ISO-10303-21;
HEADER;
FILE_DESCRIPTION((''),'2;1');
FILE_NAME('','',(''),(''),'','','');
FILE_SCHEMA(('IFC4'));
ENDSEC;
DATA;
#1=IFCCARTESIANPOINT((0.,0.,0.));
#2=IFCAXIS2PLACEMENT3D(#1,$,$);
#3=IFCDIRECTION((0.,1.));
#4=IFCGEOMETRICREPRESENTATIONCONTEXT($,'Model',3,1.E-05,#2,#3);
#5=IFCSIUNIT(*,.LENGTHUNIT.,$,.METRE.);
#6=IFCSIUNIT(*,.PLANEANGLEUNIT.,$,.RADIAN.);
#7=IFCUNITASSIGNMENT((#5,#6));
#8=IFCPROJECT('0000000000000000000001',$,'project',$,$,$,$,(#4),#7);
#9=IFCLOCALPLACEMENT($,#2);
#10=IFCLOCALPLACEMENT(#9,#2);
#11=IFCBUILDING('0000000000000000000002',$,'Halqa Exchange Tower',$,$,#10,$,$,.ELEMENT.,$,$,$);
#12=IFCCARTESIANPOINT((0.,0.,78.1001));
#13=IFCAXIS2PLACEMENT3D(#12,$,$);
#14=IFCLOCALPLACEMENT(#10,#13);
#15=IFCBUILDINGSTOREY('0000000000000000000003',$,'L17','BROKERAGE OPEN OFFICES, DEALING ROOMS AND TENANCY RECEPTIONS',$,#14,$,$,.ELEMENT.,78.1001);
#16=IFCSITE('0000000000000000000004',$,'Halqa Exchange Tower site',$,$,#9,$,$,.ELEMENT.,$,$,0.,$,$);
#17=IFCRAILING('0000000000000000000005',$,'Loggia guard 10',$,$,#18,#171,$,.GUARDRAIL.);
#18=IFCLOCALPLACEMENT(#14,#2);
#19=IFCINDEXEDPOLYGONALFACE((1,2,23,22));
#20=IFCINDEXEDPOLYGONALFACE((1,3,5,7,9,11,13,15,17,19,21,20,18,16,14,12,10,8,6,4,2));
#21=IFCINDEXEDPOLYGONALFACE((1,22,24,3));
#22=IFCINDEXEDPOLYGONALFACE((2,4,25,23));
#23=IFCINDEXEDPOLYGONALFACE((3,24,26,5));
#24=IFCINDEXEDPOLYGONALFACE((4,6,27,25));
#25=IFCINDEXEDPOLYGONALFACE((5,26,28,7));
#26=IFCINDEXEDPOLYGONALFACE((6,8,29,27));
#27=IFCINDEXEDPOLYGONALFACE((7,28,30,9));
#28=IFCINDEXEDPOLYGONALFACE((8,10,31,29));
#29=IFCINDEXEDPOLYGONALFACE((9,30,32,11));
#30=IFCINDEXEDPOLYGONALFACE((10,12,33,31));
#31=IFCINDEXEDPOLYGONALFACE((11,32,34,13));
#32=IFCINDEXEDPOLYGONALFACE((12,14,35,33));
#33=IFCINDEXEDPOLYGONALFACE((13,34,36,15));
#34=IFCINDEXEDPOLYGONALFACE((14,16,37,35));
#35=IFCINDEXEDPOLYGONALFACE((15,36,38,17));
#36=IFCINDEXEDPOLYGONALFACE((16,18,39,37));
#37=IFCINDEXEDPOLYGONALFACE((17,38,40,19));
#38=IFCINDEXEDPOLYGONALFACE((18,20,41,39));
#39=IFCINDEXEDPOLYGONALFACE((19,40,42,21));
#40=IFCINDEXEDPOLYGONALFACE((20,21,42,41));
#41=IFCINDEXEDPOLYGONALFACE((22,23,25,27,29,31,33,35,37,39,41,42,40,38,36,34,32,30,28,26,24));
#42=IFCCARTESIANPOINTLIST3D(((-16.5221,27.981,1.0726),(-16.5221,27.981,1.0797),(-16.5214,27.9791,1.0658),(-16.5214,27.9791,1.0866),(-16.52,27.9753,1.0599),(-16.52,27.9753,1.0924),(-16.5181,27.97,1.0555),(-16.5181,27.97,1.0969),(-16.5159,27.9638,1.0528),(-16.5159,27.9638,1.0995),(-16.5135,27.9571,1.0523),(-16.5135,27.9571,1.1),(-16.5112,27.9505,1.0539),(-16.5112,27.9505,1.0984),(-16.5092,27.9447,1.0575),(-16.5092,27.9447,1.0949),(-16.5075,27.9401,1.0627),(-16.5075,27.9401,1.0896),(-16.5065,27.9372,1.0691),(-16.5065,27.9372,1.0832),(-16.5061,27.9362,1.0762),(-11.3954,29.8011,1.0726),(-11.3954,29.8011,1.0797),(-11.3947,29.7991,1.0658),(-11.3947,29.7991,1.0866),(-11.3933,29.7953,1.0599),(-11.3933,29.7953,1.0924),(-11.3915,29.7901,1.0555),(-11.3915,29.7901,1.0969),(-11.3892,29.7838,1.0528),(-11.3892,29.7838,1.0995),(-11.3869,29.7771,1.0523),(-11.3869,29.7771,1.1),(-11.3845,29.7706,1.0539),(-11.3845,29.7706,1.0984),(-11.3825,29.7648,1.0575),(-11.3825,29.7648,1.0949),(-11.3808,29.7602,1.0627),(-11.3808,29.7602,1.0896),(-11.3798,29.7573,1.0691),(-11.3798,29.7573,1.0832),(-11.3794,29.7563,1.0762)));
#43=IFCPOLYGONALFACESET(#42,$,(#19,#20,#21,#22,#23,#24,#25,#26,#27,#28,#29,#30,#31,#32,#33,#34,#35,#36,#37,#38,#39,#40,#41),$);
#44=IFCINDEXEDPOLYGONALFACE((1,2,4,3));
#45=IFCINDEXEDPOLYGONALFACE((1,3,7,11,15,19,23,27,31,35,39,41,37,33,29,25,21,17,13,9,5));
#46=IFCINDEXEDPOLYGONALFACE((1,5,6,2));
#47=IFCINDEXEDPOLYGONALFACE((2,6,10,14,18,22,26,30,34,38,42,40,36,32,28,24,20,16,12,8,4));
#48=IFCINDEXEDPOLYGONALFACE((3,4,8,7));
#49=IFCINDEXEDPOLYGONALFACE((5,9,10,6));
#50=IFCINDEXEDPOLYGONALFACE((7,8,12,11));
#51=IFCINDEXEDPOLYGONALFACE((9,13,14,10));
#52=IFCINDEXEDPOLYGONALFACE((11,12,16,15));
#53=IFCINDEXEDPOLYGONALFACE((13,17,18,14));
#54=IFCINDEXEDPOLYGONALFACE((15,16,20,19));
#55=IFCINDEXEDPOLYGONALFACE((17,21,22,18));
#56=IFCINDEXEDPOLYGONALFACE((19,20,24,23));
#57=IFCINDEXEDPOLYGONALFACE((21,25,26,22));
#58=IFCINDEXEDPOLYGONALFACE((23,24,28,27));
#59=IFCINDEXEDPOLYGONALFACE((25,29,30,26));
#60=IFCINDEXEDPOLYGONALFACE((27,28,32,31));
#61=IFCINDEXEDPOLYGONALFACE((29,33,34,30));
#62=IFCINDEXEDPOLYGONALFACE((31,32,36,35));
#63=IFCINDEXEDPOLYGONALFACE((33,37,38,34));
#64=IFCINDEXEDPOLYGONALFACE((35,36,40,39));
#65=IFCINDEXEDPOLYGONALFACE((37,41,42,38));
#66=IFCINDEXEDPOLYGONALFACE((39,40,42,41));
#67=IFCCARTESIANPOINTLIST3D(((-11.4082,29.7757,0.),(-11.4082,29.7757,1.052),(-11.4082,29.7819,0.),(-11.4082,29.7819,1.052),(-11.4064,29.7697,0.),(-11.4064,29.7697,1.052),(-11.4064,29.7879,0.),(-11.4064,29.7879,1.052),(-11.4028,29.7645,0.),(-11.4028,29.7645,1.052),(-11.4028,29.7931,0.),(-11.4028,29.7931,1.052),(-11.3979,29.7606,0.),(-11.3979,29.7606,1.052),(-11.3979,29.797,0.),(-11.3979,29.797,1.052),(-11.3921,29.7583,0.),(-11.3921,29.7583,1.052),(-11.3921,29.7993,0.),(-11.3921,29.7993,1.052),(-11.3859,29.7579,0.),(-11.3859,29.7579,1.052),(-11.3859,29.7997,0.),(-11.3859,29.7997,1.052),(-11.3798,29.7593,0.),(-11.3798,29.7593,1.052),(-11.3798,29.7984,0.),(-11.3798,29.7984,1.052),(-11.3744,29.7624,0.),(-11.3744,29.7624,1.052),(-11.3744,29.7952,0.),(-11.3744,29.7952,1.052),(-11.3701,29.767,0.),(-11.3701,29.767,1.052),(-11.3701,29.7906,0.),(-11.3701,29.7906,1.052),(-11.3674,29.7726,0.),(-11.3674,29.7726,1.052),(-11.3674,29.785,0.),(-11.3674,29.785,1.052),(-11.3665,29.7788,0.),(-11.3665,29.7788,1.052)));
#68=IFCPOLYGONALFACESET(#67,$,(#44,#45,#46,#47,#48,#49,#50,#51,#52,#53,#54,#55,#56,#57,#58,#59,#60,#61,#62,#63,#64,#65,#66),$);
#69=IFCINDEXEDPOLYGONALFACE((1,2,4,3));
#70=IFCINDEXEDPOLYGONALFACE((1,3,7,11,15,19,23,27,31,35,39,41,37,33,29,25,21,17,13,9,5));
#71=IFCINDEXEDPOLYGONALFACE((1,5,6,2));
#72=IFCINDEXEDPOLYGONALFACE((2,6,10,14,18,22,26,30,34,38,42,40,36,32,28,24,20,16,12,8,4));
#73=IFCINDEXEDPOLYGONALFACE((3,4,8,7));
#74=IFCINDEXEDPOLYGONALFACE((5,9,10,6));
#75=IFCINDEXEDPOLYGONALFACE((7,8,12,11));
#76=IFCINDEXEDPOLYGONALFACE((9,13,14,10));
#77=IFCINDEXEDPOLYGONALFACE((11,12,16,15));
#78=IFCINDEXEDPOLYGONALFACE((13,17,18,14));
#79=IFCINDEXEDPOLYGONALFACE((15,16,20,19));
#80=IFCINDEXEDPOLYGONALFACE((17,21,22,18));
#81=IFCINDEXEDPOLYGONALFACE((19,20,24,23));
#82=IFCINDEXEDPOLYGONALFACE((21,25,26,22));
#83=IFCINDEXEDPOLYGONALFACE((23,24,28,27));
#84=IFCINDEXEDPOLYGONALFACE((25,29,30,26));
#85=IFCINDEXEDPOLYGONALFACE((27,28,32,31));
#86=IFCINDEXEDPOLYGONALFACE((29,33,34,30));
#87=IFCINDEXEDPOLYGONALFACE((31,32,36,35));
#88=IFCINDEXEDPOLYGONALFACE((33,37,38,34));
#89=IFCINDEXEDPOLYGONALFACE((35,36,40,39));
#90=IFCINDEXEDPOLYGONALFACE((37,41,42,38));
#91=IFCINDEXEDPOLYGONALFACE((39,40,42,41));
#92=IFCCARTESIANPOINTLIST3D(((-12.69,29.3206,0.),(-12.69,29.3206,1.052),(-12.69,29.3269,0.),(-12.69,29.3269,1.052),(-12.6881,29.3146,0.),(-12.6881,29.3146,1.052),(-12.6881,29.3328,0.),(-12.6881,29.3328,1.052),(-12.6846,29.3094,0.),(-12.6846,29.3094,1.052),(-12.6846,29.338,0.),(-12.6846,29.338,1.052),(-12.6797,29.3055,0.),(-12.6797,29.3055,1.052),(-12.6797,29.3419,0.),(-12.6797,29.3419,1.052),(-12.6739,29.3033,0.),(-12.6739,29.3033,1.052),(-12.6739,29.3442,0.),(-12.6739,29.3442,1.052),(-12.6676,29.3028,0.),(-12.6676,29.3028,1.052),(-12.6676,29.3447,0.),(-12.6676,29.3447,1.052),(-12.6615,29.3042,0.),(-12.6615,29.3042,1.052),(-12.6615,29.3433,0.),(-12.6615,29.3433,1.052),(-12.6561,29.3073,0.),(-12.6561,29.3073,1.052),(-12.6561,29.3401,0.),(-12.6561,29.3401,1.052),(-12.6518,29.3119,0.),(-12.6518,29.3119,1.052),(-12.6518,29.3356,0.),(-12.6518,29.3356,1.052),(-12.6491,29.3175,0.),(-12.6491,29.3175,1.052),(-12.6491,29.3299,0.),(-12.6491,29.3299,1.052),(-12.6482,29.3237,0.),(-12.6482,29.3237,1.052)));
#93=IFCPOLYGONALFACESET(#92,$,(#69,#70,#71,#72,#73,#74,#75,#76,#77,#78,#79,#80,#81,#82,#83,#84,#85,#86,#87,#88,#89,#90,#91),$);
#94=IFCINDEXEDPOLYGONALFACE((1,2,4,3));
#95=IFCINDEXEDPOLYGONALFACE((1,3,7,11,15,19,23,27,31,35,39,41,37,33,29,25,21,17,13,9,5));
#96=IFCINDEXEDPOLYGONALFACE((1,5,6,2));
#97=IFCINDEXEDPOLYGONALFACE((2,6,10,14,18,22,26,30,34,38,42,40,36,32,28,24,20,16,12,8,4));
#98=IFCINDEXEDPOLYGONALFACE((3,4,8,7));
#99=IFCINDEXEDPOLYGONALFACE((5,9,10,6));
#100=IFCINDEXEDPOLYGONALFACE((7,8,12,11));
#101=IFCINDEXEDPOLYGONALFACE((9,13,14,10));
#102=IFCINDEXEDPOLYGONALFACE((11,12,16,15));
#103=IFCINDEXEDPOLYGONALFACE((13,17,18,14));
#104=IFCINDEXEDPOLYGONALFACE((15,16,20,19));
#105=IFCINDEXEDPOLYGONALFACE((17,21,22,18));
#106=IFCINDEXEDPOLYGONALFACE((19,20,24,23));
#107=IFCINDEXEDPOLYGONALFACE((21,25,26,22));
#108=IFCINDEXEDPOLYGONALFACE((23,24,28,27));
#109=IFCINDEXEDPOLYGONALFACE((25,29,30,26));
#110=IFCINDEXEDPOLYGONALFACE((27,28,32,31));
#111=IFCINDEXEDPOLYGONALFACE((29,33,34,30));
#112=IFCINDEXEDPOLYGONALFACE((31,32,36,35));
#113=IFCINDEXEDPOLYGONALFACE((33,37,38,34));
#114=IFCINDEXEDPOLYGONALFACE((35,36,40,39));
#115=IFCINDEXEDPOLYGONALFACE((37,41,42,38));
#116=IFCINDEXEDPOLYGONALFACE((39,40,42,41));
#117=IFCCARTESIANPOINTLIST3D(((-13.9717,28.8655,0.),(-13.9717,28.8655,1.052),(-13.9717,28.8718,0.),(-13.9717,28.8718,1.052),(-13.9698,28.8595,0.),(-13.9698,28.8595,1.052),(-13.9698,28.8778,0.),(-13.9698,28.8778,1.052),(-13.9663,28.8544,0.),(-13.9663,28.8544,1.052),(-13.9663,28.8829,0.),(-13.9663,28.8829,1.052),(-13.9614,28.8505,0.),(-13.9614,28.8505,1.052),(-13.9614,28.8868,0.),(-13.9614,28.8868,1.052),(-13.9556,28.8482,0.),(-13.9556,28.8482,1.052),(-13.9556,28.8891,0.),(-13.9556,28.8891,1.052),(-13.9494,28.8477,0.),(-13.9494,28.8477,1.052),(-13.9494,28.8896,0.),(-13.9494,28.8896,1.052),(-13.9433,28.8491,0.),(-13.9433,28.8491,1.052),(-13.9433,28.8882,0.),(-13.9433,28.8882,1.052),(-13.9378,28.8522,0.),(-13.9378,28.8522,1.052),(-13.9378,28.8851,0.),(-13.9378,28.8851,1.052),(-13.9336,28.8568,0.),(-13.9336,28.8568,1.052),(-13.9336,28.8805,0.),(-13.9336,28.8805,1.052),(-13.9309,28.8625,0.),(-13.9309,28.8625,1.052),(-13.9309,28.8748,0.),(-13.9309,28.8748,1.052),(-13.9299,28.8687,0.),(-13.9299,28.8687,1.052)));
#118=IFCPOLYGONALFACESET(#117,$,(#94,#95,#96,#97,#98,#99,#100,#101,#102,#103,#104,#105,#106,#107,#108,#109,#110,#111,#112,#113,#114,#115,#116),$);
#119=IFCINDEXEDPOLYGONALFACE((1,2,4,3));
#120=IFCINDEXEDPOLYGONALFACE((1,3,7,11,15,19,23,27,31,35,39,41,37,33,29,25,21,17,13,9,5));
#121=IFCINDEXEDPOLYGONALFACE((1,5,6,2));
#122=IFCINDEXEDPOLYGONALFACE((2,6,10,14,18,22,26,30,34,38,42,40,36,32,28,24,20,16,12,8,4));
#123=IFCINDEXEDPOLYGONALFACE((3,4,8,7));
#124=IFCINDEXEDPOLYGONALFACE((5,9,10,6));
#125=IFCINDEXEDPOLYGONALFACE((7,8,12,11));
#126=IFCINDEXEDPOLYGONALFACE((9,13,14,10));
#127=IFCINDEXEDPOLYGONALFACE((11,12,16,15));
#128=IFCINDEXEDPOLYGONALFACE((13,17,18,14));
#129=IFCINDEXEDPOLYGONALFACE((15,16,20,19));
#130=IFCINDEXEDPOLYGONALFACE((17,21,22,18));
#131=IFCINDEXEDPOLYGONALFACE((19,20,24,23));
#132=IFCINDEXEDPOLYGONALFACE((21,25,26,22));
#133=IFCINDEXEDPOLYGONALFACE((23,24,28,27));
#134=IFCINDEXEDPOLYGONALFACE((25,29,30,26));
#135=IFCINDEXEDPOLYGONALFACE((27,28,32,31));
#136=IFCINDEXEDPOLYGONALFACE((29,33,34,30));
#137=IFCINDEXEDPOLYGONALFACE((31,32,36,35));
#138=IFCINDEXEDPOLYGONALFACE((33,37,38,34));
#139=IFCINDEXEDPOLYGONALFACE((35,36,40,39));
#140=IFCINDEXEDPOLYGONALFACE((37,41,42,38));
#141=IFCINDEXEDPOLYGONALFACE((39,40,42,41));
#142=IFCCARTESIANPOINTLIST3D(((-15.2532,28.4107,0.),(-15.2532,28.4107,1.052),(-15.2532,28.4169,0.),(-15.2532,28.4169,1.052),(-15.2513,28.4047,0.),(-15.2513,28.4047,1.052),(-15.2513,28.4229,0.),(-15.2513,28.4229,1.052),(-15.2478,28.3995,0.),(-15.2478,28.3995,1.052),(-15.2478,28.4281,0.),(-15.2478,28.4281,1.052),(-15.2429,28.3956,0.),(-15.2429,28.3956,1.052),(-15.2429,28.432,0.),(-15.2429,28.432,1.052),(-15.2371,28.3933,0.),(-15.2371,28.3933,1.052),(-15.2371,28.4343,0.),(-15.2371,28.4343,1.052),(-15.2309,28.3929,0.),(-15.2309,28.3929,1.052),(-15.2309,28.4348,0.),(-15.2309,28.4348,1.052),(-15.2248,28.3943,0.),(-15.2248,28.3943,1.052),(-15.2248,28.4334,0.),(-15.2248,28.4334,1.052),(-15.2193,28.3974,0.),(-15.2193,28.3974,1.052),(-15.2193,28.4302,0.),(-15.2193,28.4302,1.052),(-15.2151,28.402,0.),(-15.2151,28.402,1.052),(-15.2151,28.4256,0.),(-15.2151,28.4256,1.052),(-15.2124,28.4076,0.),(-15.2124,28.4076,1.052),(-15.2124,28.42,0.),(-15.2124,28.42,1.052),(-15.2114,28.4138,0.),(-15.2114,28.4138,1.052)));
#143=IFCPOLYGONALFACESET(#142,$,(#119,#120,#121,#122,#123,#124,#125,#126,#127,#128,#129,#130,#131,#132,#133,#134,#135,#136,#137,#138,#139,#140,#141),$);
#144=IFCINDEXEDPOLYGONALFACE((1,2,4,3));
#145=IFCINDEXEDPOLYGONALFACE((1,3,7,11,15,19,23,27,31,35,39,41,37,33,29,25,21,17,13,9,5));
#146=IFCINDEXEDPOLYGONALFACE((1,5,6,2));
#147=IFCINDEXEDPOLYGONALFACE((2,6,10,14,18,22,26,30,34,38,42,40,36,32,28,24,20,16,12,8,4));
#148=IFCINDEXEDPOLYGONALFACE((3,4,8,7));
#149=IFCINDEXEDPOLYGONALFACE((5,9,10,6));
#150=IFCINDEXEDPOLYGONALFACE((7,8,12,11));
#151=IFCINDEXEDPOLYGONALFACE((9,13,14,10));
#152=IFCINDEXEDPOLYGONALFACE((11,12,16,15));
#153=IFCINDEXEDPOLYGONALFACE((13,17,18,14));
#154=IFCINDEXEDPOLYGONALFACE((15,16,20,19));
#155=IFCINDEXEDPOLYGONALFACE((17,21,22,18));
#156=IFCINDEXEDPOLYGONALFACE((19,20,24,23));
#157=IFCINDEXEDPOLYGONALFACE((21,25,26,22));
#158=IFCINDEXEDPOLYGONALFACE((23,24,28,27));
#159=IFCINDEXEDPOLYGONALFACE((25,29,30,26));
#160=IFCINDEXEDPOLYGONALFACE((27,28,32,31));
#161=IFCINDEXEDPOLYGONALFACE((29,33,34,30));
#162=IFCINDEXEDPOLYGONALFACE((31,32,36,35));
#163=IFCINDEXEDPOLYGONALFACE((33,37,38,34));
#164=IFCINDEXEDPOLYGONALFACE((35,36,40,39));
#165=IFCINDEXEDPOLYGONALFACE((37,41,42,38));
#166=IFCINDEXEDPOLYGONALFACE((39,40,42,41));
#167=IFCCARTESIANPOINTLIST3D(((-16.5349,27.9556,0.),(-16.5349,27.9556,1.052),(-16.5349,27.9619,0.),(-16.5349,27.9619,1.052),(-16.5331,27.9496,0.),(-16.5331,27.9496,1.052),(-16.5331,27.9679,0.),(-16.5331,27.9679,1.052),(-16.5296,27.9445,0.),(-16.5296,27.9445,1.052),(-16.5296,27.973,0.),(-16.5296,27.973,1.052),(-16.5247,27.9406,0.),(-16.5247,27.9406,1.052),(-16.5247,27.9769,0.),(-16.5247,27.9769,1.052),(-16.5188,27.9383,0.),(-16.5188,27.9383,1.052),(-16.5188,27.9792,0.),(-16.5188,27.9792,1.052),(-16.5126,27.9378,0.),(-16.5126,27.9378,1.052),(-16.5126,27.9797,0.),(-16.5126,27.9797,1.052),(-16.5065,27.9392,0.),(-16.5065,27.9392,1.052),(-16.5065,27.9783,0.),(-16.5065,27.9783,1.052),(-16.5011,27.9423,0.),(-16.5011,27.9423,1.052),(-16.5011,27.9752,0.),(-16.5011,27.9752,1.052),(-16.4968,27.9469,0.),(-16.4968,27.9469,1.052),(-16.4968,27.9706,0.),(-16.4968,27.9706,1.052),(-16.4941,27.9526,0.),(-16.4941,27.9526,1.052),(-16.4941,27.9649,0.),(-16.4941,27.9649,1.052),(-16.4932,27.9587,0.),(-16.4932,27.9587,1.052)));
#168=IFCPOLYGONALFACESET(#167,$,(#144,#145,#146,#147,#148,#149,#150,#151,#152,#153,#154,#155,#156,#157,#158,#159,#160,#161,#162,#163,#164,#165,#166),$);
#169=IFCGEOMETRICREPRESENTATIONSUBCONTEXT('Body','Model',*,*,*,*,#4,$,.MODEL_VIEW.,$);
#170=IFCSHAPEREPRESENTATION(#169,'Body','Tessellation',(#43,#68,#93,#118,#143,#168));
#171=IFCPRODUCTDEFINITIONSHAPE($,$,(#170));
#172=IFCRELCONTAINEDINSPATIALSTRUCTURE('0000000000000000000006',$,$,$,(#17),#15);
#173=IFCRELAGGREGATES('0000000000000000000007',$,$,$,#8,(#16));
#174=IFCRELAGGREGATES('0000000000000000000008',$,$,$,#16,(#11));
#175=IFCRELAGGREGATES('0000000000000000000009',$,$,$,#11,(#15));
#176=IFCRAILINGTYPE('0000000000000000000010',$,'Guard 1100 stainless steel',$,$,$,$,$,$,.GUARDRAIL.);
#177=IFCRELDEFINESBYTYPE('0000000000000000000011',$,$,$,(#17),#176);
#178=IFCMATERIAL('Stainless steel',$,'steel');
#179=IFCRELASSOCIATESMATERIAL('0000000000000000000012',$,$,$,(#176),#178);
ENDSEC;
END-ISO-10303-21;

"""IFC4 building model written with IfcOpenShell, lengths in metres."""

from ifc_helpers import new_model, si_unit, direction, frame, origin, origin_2d, place, context, subcontext, project, spatial, circle, extrude, material, type_object, element, save


model = new_model("IFC4")

# Units and contexts
model_context = context("Model", 3, precision=1e-05, world=origin(), true_north=direction((0.0, 1.0)))
body_context = subcontext(model_context, "Body", "Model", "MODEL_VIEW")
ifc_project = project(units=[si_unit("LENGTHUNIT", "METRE"), si_unit("PLANEANGLEUNIT", "RADIAN")], contexts=[model_context])

# Site, building, storey
site_placement = place(None, origin())
site = spatial("IfcSite", under=ifc_project, at=site_placement, Name="Halqa Exchange Tower site", CompositionType="ELEMENT", RefElevation=0.0)
building_placement = place(site_placement, origin())
building = spatial("IfcBuilding", under=site, at=building_placement, Name="Halqa Exchange Tower", CompositionType="ELEMENT")
storey_placement = place(building_placement, frame((0.0, 0.0, 78.1001)))
storey = spatial("IfcBuildingStorey", under=building, at=storey_placement, Name="L17", Description="BROKERAGE OPEN OFFICES, DEALING ROOMS AND TENANCY RECEPTIONS", CompositionType="ELEMENT", Elevation=78.1001)

# Railing
ifc_material_1 = material(Name="Stainless steel", Category="steel")
railing_type_1 = type_object("IfcRailingType", Name="Guard 1100 stainless steel", PredefinedType="GUARDRAIL", material=ifc_material_1)
railing_1_placement = place(storey_placement, frame((-11.3875, 29.7788, 0.0)))
element("IfcRailing", 1, at=railing_1_placement, inside=storey, type_object=railing_type_1, Name="Loggia guard 10", PredefinedType="GUARDRAIL", context=body_context, shape_type="SweptSolid", body=[
    extrude(circle(Radius=0.0239, at=origin_2d()), frame((0.0, 0.0, 1.0762), z_axis=(-0.942375, -0.334559, 0.0), x_axis=(0.334559, -0.942375, 0.0)), (0.0, 0.0, 1.0), 5.4402),
    extrude(circle(Radius=0.021, at=origin_2d()), origin(), (0.0, 0.0, 1.0), 1.052),
    extrude(circle(Radius=0.021, at=origin_2d()), frame((-1.2817, -0.4551, 0.0)), (0.0, 0.0, 1.0), 1.052),
    extrude(circle(Radius=0.021, at=origin_2d()), frame((-2.5635, -0.9102, 0.0)), (0.0, 0.0, 1.0), 1.052),
    extrude(circle(Radius=0.021, at=origin_2d()), frame((-3.845, -1.365, 0.0)), (0.0, 0.0, 1.0), 1.052),
    extrude(circle(Radius=0.021, at=origin_2d()), frame((-5.1267, -1.8201, 0.0)), (0.0, 0.0, 1.0), 1.052),
])

save(model, "model.ifc")
